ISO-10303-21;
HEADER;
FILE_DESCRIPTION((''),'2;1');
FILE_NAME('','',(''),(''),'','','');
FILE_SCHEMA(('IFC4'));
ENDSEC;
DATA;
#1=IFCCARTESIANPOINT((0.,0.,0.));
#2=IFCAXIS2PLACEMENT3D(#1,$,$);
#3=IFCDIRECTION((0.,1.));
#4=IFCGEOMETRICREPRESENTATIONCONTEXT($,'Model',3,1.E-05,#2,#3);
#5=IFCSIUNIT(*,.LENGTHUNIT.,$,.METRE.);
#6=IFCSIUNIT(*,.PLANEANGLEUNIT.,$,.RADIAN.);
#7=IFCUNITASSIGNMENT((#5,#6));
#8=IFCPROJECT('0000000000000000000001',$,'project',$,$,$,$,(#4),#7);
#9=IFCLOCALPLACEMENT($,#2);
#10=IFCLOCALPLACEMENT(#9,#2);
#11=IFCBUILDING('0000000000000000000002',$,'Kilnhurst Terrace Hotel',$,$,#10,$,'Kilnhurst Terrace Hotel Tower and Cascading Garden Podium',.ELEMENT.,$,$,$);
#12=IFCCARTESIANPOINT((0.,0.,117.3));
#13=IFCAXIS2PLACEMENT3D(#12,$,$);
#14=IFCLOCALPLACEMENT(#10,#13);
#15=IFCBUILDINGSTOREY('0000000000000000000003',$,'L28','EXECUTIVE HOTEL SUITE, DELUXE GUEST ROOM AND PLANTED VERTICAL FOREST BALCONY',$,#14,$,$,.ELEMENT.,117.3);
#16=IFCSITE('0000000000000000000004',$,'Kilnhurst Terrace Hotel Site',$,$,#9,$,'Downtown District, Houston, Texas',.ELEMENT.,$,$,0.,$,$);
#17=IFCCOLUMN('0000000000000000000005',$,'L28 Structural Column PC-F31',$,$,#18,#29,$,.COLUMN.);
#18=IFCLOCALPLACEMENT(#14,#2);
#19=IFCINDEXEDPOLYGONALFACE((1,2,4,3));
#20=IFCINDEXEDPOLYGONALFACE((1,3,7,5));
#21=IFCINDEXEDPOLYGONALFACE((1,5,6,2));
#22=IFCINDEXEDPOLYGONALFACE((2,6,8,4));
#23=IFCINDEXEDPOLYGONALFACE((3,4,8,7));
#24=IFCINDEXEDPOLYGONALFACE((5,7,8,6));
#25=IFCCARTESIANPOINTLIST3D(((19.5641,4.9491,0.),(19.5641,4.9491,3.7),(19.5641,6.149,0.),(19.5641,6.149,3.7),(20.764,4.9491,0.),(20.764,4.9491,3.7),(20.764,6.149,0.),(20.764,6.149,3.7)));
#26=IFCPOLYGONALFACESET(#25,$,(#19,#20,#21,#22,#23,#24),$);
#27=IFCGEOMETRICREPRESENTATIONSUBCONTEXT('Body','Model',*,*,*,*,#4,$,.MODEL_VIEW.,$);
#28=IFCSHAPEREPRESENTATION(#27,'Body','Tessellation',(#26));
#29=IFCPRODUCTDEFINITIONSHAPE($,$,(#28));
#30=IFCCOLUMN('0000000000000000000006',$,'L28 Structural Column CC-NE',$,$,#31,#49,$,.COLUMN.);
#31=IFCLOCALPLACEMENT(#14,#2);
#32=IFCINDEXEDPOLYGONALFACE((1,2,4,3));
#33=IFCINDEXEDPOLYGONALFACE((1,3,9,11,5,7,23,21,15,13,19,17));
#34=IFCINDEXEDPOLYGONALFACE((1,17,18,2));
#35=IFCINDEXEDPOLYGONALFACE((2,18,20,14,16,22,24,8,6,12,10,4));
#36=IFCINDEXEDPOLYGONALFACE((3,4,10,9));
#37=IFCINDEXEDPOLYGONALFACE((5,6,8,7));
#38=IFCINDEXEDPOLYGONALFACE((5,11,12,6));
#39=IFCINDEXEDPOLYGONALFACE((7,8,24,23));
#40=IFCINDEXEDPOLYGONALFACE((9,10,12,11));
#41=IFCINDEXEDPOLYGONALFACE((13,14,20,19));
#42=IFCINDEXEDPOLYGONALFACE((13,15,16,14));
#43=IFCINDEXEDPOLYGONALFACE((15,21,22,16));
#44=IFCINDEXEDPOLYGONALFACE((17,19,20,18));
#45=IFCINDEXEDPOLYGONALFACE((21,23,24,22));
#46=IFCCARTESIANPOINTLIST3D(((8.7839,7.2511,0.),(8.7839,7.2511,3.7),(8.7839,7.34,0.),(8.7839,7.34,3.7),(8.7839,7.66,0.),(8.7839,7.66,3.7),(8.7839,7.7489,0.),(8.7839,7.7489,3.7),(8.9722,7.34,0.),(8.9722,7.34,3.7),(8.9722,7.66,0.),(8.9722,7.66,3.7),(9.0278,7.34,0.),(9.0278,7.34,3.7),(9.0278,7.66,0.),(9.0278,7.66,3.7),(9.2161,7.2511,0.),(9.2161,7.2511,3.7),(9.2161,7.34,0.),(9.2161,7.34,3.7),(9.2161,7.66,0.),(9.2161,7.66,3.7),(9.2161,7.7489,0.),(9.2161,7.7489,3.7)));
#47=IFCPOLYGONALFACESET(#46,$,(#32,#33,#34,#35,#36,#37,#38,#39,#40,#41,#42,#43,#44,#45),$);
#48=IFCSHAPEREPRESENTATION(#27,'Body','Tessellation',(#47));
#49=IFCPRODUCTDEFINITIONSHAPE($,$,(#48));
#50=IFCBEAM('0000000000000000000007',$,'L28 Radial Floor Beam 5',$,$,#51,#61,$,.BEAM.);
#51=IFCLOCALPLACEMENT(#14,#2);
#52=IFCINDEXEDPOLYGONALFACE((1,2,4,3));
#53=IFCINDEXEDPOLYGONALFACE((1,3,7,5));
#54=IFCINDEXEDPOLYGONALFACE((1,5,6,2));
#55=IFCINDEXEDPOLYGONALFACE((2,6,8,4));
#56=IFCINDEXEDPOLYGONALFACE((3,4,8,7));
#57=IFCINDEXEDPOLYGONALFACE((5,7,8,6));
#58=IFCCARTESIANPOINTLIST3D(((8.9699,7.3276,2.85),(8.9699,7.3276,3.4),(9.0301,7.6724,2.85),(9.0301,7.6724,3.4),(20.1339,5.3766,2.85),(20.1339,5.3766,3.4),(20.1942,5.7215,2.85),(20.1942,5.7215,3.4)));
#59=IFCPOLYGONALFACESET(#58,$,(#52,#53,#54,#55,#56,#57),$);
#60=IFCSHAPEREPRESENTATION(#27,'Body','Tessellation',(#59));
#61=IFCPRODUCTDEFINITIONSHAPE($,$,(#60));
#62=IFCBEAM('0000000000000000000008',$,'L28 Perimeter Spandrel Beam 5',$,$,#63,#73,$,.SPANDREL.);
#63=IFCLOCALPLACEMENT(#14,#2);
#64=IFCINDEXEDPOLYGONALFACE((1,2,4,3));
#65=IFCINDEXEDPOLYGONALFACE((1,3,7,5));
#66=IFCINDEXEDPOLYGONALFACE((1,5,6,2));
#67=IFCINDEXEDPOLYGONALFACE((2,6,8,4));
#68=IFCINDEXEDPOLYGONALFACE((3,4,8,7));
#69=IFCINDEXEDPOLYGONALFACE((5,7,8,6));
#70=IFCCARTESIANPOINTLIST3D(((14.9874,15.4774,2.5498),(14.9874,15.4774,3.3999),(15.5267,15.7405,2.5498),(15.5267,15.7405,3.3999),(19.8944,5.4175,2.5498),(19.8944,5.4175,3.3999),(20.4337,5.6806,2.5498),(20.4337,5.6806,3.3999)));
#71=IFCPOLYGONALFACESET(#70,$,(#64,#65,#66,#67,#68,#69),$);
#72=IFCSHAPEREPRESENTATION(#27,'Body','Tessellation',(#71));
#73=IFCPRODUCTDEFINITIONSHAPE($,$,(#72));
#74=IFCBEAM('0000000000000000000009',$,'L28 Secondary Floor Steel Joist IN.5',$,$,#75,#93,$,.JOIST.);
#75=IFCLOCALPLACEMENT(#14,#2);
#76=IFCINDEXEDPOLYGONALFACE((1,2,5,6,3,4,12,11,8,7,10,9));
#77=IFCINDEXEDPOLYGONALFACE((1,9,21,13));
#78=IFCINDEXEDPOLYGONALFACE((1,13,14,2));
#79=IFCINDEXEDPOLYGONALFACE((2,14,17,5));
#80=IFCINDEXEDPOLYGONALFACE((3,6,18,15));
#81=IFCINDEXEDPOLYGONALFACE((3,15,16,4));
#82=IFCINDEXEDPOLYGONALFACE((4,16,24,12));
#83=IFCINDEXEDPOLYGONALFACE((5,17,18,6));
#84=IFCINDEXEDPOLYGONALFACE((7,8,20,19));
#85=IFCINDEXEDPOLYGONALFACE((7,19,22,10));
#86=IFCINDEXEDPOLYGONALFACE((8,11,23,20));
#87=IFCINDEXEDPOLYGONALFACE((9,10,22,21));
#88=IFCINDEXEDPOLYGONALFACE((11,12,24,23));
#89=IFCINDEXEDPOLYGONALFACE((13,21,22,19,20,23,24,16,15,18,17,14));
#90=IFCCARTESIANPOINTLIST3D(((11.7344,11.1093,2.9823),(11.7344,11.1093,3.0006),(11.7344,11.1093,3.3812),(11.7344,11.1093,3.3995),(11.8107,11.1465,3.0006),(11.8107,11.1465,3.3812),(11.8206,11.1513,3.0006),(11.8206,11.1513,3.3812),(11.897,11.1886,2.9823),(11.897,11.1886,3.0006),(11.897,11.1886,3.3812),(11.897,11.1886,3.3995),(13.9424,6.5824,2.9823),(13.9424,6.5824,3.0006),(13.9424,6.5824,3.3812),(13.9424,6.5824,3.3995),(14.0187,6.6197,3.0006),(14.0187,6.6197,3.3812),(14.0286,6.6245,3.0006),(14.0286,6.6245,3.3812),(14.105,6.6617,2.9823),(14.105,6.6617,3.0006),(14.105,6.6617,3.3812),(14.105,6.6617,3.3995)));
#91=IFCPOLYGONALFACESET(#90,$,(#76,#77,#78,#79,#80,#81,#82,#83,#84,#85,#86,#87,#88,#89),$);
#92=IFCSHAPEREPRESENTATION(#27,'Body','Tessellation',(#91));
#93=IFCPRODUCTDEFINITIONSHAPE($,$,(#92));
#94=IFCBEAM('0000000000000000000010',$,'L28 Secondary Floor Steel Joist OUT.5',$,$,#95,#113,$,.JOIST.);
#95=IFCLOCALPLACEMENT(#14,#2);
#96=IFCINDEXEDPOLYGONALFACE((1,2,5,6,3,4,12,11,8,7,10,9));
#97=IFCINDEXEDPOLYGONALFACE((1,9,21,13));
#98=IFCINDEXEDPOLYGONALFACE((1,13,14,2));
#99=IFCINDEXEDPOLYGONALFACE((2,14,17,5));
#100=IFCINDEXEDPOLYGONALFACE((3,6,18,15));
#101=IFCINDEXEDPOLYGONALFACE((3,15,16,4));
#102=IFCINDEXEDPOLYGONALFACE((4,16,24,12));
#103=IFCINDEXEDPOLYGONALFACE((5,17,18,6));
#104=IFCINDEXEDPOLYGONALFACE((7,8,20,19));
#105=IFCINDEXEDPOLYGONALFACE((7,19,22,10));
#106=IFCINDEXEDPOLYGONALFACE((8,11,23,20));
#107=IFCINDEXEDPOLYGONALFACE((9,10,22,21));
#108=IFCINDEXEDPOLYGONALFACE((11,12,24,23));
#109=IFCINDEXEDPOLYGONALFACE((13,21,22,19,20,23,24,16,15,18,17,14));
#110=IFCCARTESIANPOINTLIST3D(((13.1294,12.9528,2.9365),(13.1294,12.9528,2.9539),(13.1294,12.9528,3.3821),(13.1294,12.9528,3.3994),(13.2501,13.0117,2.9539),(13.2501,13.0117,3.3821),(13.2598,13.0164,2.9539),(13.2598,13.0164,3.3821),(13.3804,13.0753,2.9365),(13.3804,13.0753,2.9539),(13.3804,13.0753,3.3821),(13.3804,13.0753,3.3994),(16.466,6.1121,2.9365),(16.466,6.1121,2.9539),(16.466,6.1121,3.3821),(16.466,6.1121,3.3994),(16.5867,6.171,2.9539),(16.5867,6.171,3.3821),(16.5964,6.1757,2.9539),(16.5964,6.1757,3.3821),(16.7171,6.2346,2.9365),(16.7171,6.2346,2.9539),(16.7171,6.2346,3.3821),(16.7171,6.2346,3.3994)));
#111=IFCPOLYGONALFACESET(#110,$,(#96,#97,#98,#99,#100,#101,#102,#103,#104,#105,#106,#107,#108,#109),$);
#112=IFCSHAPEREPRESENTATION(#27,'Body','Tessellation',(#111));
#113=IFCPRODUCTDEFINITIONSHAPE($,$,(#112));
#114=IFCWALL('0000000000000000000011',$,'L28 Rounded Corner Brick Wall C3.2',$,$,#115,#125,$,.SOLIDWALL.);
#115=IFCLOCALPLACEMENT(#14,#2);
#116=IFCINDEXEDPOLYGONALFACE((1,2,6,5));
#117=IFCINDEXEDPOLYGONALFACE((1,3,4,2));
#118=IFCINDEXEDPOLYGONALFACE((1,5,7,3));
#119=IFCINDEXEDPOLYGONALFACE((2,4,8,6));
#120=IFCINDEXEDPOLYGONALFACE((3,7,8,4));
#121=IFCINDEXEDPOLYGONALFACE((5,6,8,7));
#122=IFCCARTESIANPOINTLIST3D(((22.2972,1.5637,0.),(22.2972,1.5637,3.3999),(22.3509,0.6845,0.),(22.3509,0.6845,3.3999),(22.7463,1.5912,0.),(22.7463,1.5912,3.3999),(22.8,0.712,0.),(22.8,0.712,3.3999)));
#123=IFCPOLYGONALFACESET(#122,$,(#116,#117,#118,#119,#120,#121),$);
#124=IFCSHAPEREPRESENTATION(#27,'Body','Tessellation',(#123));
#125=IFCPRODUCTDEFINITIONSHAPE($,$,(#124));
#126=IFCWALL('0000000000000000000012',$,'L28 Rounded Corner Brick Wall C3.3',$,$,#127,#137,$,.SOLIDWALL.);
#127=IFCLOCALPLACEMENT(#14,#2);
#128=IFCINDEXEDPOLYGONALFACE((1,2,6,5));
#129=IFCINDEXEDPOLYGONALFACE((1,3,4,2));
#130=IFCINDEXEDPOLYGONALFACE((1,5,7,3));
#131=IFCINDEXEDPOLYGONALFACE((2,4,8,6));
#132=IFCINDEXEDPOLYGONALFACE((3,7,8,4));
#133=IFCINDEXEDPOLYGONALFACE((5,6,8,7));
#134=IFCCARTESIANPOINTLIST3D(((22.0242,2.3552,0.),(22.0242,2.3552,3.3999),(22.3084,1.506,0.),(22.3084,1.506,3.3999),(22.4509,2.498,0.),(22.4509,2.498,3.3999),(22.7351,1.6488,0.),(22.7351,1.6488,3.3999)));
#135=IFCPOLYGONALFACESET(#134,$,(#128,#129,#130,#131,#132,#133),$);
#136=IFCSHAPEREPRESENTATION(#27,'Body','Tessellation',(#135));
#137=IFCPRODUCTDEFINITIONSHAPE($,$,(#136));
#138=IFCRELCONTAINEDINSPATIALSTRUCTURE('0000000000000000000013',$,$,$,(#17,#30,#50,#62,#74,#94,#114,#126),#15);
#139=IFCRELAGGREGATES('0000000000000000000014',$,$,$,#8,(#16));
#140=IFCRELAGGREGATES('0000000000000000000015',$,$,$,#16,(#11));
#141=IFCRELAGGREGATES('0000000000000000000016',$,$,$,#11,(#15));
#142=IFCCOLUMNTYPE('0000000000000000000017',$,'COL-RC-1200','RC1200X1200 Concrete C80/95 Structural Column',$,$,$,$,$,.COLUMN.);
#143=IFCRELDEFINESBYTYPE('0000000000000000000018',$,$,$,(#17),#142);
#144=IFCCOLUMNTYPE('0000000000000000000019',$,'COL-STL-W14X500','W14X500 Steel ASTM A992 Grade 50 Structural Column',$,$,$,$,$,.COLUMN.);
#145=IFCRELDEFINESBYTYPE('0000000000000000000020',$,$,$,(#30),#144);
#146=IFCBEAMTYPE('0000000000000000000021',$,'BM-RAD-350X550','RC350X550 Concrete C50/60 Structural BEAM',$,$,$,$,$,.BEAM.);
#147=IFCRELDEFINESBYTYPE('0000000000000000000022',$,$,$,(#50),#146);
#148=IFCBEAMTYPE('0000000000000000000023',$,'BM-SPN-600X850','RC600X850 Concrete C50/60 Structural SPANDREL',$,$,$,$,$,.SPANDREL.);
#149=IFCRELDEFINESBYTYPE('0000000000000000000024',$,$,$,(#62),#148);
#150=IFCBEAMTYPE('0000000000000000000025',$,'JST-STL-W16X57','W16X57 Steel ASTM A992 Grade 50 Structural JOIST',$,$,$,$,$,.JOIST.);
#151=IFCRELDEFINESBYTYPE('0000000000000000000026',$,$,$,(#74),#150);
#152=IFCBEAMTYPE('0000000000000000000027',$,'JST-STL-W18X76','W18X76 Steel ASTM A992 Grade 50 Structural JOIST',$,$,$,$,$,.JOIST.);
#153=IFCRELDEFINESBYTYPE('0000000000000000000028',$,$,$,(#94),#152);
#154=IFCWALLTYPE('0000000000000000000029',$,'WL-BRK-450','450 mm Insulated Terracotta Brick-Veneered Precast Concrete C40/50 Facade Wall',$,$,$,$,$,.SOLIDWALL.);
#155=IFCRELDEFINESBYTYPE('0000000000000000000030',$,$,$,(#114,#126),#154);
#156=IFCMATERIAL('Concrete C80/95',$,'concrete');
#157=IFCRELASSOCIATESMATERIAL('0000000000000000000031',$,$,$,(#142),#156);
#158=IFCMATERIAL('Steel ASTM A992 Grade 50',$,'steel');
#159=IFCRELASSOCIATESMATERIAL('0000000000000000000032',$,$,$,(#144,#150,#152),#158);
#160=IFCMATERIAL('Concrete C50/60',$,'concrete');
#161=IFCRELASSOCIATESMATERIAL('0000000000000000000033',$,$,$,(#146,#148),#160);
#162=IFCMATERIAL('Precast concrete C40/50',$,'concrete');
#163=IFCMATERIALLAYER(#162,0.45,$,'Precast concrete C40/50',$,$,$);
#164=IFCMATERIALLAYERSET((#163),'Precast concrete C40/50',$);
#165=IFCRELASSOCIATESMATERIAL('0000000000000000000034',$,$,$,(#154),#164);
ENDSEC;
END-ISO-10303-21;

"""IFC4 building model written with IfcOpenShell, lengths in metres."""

from ifc_helpers import new_model, si_unit, direction, frame, frame_2d, origin, origin_2d, place, context, subcontext, project, spatial, rectangle, i_section, extrude, material, layer, layer_set, material_profile, profile_set, type_object, element, save


model = new_model("IFC4")

# Units and contexts
model_context = context("Model", 3, precision=1e-05, world=origin(), true_north=direction((0.0, 1.0)))
body_context = subcontext(model_context, "Body", "Model", "MODEL_VIEW")
ifc_project = project(units=[si_unit("LENGTHUNIT", "METRE"), si_unit("PLANEANGLEUNIT", "RADIAN")], contexts=[model_context])

# Site, building, storey
site_placement = place(None, origin())
site = spatial("IfcSite", under=ifc_project, at=site_placement, Name="Kilnhurst Terrace Hotel Site", LongName="Downtown District, Houston, Texas", CompositionType="ELEMENT", RefElevation=0.0)
building_placement = place(site_placement, origin())
building = spatial("IfcBuilding", under=site, at=building_placement, Name="Kilnhurst Terrace Hotel", LongName="Kilnhurst Terrace Hotel Tower and Cascading Garden Podium", CompositionType="ELEMENT")
storey_placement = place(building_placement, frame((0.0, 0.0, 117.3)))
storey = spatial("IfcBuildingStorey", under=building, at=storey_placement, Name="L28", Description="EXECUTIVE HOTEL SUITE, DELUXE GUEST ROOM AND PLANTED VERTICAL FOREST BALCONY", CompositionType="ELEMENT", Elevation=117.3)

# Columns
ifc_material_1 = material(Name="Concrete C80/95", Category="concrete")
ifc_material_profile_1 = material_profile(ifc_material_1, rectangle(XDim=1.2, YDim=1.2, at=origin_2d()), Name="RC1200X1200")
ifc_profile_set_1 = profile_set([ifc_material_profile_1], Name="Concrete C80/95")
column_type_1 = type_object("IfcColumnType", Name="COL-RC-1200", Description="RC1200X1200 Concrete C80/95 Structural Column", PredefinedType="COLUMN", material=ifc_profile_set_1)
column_1_placement = place(storey_placement, frame((20.1641, 5.5491, 0.0), z_axis=(0.0, 0.0, 1.0), x_axis=(1.0, 0.0, 0.0)))
element("IfcColumn", 1, at=column_1_placement, inside=storey, type_object=column_type_1, Name="L28 Structural Column PC-F31", PredefinedType="COLUMN", context=body_context, shape_type="SweptSolid", body=[
    extrude(rectangle(XDim=1.2, YDim=1.2, at=origin_2d()), origin(), (0.0, 0.0, 1.0), 3.7),
])
ifc_material_2 = material(Name="Steel ASTM A992 Grade 50", Category="steel")
ifc_material_profile_2 = material_profile(ifc_material_2, i_section(OverallWidth=0.4321, OverallDepth=0.4978, WebThickness=0.0557, FlangeThickness=0.0889, at=origin_2d()), Name="W14X500")
ifc_profile_set_2 = profile_set([ifc_material_profile_2], Name="Steel ASTM A992 Grade 50")
column_type_2 = type_object("IfcColumnType", Name="COL-STL-W14X500", Description="W14X500 Steel ASTM A992 Grade 50 Structural Column", PredefinedType="COLUMN", material=ifc_profile_set_2)
column_2_placement = place(storey_placement, frame((9.0, 7.5, 0.0), z_axis=(0.0, 0.0, 1.0), x_axis=(1.0, 0.0, 0.0)))
element("IfcColumn", 2, at=column_2_placement, inside=storey, type_object=column_type_2, Name="L28 Structural Column CC-NE", PredefinedType="COLUMN", context=body_context, shape_type="SweptSolid", body=[
    extrude(i_section(OverallWidth=0.4321, OverallDepth=0.4978, WebThickness=0.0557, FlangeThickness=0.0889, at=origin_2d()), origin(), (0.0, 0.0, 1.0), 3.7),
])

# Beams
ifc_material_3 = material(Name="Concrete C50/60", Category="concrete")
ifc_material_profile_3 = material_profile(ifc_material_3, rectangle(XDim=0.3501, YDim=0.55, at=origin_2d()), Name="RC350X550")
ifc_profile_set_3 = profile_set([ifc_material_profile_3], Name="Concrete C50/60")
beam_type_1 = type_object("IfcBeamType", Name="BM-RAD-350X550", Description="RC350X550 Concrete C50/60 Structural BEAM", PredefinedType="BEAM", material=ifc_profile_set_3)
beam_1_placement = place(storey_placement, frame((9.0, 7.5, 3.125), z_axis=(0.985072, -0.172142, 0.0), x_axis=(0.172142, 0.985072, 0.0)))
element("IfcBeam", 3, at=beam_1_placement, inside=storey, type_object=beam_type_1, Name="L28 Radial Floor Beam 5", PredefinedType="BEAM", context=body_context, shape_type="SweptSolid", body=[
    extrude(rectangle(XDim=0.3501, YDim=0.55, at=origin_2d()), origin(), (0.0, 0.0, 1.0), 11.3333),
])
ifc_material_profile_4 = material_profile(ifc_material_3, rectangle(XDim=0.6001, YDim=0.8501, at=origin_2d()), Name="RC600X850")
ifc_profile_set_4 = profile_set([ifc_material_profile_4], Name="Concrete C50/60")
beam_type_2 = type_object("IfcBeamType", Name="BM-SPN-600X850", Description="RC600X850 Concrete C50/60 Structural SPANDREL", PredefinedType="SPANDREL", material=ifc_profile_set_4)
beam_2_placement = place(storey_placement, frame((20.1641, 5.5491, 2.9749), z_axis=(-0.438406, 0.898777, 0.0), x_axis=(-0.898777, -0.438406, 0.0)))
element("IfcBeam", 4, at=beam_2_placement, inside=storey, type_object=beam_type_2, Name="L28 Perimeter Spandrel Beam 5", PredefinedType="SPANDREL", context=body_context, shape_type="SweptSolid", body=[
    extrude(rectangle(XDim=0.6001, YDim=0.8501, at=origin_2d()), origin(), (0.0, 0.0, 1.0), 11.1929),
])
ifc_material_profile_5 = material_profile(ifc_material_2, i_section(OverallWidth=0.1809, OverallDepth=0.4172, WebThickness=0.011, FlangeThickness=0.0183, at=origin_2d()), Name="W16X57")
ifc_profile_set_5 = profile_set([ifc_material_profile_5], Name="Steel ASTM A992 Grade 50")
beam_type_3 = type_object("IfcBeamType", Name="JST-STL-W16X57", Description="W16X57 Steel ASTM A992 Grade 50 Structural JOIST", PredefinedType="JOIST", material=ifc_profile_set_5)
beam_3_placement = place(storey_placement, frame((14.0237, 6.6221, 3.1909), z_axis=(-0.438389, 0.898785, 0.0), x_axis=(-0.898785, -0.438389, 0.0)))
element("IfcBeam", 5, at=beam_3_placement, inside=storey, type_object=beam_type_3, Name="L28 Secondary Floor Steel Joist IN.5", PredefinedType="JOIST", context=body_context, shape_type="SweptSolid", body=[
    extrude(i_section(OverallWidth=0.1809, OverallDepth=0.4172, WebThickness=0.011, FlangeThickness=0.0183, at=origin_2d()), origin(), (0.0, 0.0, 1.0), 5.0366),
])
ifc_material_profile_6 = material_profile(ifc_material_2, i_section(OverallWidth=0.2793, OverallDepth=0.4629, WebThickness=0.0107, FlangeThickness=0.0173, at=origin_2d()), Name="W18X76")
ifc_profile_set_6 = profile_set([ifc_material_profile_6], Name="Steel ASTM A992 Grade 50")
beam_type_4 = type_object("IfcBeamType", Name="JST-STL-W18X76", Description="W18X76 Steel ASTM A992 Grade 50 Structural JOIST", PredefinedType="JOIST", material=ifc_profile_set_6)
beam_4_placement = place(storey_placement, frame((16.5916, 6.1733, 3.168), z_axis=(-0.43839, 0.898785, 0.0), x_axis=(-0.898785, -0.43839, 0.0)))
element("IfcBeam", 6, at=beam_4_placement, inside=storey, type_object=beam_type_4, Name="L28 Secondary Floor Steel Joist OUT.5", PredefinedType="JOIST", context=body_context, shape_type="SweptSolid", body=[
    extrude(i_section(OverallWidth=0.2793, OverallDepth=0.4629, WebThickness=0.0107, FlangeThickness=0.0173, at=origin_2d()), origin(), (0.0, 0.0, 1.0), 7.6111),
])

# Walls
ifc_material_4 = material(Name="Precast concrete C40/50", Category="concrete")
ifc_layer_1 = layer(ifc_material_4, 0.45, Name="Precast concrete C40/50")
ifc_layer_set_1 = layer_set([ifc_layer_1], Name="Precast concrete C40/50")
wall_type_1 = type_object("IfcWallType", Name="WL-BRK-450", Description="450 mm Insulated Terracotta Brick-Veneered Precast Concrete C40/50 Facade Wall", PredefinedType="SOLIDWALL", material=ifc_layer_set_1)
wall_1_placement = place(storey_placement, frame((22.5754, 0.6982, 0.0), z_axis=(0.0, 0.0, 1.0), x_axis=(-0.06098, 0.998139, 0.0)))
element("IfcWall", 7, at=wall_1_placement, inside=storey, type_object=wall_type_1, Name="L28 Rounded Corner Brick Wall C3.2", PredefinedType="SOLIDWALL", context=body_context, shape_type="SweptSolid", body=[
    extrude(rectangle(XDim=0.8809, YDim=0.45, at=frame_2d((0.4404, 0.0))), origin(), (0.0, 0.0, 1.0), 3.3999),
])
wall_2_placement = place(storey_placement, frame((22.5217, 1.5774, 0.0), z_axis=(0.0, 0.0, 1.0), x_axis=(-0.317373, 0.948301, 0.0)))
element("IfcWall", 8, at=wall_2_placement, inside=storey, type_object=wall_type_1, Name="L28 Rounded Corner Brick Wall C3.3", PredefinedType="SOLIDWALL", context=body_context, shape_type="SweptSolid", body=[
    extrude(rectangle(XDim=0.8955, YDim=0.45, at=frame_2d((0.4478, 0.0))), origin(), (0.0, 0.0, 1.0), 3.3999),
])

save(model, "model.ifc")
